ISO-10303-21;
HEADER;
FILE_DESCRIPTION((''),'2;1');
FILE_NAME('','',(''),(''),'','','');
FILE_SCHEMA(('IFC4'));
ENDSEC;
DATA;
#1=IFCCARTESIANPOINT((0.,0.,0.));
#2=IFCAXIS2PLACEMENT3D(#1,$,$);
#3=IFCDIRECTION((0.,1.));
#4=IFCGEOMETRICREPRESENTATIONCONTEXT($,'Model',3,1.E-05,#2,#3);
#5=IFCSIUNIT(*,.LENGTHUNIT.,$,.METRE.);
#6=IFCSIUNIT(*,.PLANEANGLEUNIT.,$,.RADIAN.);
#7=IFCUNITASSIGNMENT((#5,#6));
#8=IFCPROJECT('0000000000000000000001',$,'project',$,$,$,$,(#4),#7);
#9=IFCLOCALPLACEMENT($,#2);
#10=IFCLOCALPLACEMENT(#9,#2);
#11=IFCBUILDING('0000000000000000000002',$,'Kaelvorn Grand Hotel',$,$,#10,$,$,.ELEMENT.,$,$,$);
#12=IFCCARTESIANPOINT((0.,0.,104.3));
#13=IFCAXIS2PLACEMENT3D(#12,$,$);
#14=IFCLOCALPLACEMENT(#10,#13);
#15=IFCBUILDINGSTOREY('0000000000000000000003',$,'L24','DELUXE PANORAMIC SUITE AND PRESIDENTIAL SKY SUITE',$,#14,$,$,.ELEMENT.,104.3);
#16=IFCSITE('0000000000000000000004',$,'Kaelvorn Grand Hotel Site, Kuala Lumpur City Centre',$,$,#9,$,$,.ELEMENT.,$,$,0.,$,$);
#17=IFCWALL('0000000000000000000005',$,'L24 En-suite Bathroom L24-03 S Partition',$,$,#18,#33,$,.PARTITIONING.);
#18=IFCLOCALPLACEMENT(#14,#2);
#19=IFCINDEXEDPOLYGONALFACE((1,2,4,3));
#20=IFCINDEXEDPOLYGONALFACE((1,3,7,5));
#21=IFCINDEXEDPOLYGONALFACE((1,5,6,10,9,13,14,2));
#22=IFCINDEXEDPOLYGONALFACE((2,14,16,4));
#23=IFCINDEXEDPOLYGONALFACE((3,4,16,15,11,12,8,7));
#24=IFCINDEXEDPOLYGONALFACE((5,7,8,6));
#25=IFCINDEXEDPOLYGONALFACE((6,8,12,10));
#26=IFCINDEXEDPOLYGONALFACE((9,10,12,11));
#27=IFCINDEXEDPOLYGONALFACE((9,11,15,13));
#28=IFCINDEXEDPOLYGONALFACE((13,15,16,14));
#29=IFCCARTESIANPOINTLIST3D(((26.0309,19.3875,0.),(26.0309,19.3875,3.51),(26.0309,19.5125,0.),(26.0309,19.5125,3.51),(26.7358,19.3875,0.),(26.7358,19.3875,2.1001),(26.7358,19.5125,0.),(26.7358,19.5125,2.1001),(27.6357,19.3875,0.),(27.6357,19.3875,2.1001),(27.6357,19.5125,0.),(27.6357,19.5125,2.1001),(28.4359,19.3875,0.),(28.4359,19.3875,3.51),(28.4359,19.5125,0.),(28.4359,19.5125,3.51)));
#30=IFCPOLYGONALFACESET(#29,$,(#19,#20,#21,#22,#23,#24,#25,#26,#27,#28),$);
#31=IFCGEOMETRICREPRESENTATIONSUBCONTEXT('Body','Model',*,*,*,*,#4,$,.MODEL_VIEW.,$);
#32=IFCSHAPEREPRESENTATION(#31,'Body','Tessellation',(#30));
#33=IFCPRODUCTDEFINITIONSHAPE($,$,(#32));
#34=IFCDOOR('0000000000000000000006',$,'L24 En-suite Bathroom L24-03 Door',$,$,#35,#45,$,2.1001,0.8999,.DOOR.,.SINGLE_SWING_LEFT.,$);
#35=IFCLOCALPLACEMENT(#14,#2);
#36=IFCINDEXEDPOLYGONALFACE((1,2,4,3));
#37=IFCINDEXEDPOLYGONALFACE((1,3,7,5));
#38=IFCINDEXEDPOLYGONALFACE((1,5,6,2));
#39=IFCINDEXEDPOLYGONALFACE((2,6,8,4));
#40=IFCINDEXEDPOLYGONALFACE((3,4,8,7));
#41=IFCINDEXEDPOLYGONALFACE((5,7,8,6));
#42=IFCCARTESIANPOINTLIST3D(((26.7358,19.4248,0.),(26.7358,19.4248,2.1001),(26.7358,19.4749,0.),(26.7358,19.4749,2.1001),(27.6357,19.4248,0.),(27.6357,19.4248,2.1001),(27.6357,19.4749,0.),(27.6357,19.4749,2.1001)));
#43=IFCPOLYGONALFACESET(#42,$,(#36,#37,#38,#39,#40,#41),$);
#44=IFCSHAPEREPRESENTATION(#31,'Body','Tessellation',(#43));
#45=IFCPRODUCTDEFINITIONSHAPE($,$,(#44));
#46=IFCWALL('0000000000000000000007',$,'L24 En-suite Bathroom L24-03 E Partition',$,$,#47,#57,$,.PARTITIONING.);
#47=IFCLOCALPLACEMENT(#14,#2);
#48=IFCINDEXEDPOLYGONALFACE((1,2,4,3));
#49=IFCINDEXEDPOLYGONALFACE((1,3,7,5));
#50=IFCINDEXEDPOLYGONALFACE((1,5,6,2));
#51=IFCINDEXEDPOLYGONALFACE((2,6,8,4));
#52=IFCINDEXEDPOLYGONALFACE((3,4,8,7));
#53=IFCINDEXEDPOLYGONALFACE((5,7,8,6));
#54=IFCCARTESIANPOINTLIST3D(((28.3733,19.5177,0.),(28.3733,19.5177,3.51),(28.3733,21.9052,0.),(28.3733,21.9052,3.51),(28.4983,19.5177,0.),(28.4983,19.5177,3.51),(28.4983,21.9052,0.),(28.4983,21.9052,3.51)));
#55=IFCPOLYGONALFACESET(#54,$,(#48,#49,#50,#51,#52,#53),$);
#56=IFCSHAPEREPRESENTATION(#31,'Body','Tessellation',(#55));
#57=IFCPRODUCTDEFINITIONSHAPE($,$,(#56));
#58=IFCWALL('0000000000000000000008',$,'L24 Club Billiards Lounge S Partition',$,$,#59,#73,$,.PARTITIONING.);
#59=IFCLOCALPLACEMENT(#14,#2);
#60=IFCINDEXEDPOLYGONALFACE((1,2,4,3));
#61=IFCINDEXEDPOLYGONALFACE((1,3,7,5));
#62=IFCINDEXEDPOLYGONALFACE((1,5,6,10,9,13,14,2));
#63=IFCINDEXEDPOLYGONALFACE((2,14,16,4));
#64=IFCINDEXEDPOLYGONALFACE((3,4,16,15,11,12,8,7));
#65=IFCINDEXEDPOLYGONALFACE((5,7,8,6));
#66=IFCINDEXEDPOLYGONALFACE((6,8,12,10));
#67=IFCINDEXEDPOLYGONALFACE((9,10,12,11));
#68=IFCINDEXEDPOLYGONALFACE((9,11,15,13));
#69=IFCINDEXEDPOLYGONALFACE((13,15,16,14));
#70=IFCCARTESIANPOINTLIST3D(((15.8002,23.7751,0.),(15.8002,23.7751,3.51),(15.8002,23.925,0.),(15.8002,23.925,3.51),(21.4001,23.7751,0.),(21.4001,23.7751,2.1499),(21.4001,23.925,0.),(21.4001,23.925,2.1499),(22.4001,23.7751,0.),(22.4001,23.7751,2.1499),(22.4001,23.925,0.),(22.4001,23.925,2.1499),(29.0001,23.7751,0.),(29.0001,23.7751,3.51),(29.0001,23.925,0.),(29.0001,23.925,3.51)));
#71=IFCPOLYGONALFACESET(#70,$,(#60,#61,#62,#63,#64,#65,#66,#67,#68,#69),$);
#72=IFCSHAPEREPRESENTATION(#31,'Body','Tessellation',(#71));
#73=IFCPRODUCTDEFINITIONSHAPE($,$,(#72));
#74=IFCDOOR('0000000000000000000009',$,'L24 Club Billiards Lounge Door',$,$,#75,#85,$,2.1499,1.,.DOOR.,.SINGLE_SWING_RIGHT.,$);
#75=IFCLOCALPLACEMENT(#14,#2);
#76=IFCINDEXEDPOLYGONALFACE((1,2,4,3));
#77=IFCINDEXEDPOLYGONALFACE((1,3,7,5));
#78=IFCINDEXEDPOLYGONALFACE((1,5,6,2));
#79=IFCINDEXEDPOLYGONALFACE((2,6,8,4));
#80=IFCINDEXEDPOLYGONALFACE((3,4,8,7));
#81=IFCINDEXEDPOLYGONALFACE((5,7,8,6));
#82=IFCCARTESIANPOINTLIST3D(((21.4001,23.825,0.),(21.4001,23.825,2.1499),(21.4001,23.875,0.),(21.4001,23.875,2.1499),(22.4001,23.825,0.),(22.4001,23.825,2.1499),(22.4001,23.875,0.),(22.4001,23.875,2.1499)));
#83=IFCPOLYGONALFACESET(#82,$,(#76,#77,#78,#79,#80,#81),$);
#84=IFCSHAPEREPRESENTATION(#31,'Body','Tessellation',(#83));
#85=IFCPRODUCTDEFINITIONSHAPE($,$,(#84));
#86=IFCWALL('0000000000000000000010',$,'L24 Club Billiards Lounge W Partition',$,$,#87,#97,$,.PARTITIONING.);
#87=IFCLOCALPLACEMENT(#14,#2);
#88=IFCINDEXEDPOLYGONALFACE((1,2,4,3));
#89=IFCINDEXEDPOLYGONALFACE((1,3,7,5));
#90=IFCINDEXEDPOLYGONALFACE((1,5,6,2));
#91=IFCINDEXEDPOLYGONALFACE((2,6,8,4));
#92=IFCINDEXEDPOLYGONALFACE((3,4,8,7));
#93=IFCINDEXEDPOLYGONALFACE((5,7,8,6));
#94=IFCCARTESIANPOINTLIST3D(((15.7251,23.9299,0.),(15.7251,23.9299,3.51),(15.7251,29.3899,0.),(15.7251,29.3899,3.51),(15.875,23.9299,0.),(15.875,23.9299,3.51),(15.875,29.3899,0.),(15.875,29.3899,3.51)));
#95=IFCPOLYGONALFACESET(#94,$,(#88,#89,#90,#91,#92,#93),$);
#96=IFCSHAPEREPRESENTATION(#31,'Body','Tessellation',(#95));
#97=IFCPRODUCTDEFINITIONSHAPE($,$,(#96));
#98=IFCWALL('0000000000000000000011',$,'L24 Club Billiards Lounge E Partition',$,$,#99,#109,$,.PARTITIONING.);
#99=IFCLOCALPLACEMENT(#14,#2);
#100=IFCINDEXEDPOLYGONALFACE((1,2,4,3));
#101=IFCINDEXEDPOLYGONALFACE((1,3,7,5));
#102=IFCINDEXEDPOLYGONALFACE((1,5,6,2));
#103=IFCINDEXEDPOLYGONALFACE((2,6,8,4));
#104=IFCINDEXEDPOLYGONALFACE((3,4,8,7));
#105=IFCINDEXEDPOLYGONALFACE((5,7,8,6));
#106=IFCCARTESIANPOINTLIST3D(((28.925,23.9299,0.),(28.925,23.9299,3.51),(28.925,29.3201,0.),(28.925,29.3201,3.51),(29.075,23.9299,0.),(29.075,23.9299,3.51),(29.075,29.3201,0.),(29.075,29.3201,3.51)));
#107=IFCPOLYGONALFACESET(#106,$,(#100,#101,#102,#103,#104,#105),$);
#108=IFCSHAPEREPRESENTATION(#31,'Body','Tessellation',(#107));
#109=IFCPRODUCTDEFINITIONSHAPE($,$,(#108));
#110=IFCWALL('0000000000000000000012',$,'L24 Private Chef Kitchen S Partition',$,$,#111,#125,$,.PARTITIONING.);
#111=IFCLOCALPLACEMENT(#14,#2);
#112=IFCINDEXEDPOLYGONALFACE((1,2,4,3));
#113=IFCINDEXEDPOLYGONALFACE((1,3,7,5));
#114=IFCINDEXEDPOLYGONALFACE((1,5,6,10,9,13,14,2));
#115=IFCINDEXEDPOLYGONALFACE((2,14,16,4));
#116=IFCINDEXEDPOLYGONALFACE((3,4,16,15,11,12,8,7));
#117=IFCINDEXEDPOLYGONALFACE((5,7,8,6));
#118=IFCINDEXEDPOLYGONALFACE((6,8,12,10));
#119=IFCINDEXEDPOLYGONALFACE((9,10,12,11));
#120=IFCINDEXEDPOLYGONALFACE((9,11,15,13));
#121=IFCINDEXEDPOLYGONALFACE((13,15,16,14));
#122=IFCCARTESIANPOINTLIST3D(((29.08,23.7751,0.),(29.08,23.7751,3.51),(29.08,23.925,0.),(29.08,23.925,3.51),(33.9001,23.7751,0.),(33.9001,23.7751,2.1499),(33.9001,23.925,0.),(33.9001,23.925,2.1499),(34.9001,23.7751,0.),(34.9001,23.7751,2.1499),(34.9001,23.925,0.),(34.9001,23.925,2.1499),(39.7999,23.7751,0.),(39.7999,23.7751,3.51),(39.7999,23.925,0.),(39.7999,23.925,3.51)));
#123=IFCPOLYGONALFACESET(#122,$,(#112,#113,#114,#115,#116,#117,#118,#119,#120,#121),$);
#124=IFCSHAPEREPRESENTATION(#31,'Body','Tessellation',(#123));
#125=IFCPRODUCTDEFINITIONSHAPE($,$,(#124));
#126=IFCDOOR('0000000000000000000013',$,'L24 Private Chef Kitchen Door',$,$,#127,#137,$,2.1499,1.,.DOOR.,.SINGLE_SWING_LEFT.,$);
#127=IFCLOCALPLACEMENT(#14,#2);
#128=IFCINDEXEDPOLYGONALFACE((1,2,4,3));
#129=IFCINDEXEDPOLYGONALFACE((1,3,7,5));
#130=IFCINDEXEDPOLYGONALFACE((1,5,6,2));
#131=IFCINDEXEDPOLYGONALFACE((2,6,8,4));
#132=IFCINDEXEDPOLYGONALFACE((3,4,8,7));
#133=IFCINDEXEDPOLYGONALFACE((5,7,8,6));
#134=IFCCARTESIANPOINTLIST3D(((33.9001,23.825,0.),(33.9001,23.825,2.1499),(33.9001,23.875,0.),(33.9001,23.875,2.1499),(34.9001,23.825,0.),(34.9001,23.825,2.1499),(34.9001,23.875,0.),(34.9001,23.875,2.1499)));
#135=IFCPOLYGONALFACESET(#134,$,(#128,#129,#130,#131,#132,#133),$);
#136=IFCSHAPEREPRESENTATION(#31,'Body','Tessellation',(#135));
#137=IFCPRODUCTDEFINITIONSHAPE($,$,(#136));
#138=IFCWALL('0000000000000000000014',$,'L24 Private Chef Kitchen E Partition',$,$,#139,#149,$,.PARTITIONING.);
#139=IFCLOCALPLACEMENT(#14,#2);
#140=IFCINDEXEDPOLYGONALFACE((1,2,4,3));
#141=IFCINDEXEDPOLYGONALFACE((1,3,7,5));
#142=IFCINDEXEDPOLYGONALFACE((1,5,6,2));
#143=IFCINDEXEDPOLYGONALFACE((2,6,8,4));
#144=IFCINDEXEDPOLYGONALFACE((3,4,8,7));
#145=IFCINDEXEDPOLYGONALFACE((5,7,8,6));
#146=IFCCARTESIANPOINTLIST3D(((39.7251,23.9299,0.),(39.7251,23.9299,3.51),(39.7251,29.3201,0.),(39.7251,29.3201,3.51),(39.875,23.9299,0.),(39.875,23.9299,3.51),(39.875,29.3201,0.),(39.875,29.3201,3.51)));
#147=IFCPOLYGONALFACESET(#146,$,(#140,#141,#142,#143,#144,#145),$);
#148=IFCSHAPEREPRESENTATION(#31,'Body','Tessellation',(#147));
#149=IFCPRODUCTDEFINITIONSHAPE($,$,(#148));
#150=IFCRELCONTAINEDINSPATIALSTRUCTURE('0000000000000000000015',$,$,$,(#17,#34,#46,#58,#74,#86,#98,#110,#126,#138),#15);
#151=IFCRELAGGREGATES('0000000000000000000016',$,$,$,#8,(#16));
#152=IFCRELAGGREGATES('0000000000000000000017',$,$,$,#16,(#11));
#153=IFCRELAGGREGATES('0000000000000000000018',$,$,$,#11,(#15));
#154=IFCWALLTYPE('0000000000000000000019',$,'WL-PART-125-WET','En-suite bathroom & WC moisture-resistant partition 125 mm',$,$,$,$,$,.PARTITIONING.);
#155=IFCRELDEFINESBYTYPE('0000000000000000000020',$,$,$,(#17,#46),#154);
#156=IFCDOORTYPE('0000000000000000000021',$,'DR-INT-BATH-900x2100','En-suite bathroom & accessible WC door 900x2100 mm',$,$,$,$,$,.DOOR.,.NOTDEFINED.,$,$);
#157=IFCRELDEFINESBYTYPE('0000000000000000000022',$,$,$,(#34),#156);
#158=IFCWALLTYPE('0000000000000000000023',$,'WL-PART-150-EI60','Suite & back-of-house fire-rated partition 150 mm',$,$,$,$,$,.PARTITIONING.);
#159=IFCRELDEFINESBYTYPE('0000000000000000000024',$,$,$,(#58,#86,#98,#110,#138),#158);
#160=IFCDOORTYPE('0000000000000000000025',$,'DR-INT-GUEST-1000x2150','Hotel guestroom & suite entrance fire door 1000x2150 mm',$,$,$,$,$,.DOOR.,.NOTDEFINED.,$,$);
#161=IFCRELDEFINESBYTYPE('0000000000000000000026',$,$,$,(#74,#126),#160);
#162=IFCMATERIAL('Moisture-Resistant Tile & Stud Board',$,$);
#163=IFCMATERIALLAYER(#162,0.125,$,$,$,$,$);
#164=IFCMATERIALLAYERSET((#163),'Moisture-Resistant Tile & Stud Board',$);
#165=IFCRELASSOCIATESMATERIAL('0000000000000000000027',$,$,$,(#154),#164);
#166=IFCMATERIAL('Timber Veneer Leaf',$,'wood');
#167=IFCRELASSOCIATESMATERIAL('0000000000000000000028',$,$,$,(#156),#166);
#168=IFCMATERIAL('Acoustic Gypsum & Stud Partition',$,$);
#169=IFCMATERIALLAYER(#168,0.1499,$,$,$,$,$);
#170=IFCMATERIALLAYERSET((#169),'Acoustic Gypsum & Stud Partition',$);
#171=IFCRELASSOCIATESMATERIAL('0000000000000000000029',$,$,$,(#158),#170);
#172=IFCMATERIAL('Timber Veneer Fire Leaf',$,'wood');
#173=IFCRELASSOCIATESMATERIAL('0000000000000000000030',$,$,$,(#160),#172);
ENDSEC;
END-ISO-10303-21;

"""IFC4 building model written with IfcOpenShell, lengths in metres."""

from ifc_helpers import new_model, si_unit, direction, frame, frame_2d, origin, place, context, subcontext, project, spatial, rectangle, extrude, material, layer, layer_set, type_object, element, fill, save


model = new_model("IFC4")

# Units and contexts
model_context = context("Model", 3, precision=1e-05, world=origin(), true_north=direction((0.0, 1.0)))
body_context = subcontext(model_context, "Body", "Model", "MODEL_VIEW")
ifc_project = project(units=[si_unit("LENGTHUNIT", "METRE"), si_unit("PLANEANGLEUNIT", "RADIAN")], contexts=[model_context])

# Site, building, storey
site_placement = place(None, origin())
site = spatial("IfcSite", under=ifc_project, at=site_placement, Name="Kaelvorn Grand Hotel Site, Kuala Lumpur City Centre", CompositionType="ELEMENT", RefElevation=0.0)
building_placement = place(site_placement, origin())
building = spatial("IfcBuilding", under=site, at=building_placement, Name="Kaelvorn Grand Hotel", CompositionType="ELEMENT")
storey_placement = place(building_placement, frame((0.0, 0.0, 104.3)))
storey = spatial("IfcBuildingStorey", under=building, at=storey_placement, Name="L24", Description="DELUXE PANORAMIC SUITE AND PRESIDENTIAL SKY SUITE", CompositionType="ELEMENT", Elevation=104.3)

# Shared definitions
ifc_material_1 = material(Name="Moisture-Resistant Tile & Stud Board")
ifc_layer_1 = layer(ifc_material_1, 0.125)
ifc_layer_set_1 = layer_set([ifc_layer_1], Name="Moisture-Resistant Tile & Stud Board")
wall_type_1 = type_object("IfcWallType", Name="WL-PART-125-WET", Description="En-suite bathroom & WC moisture-resistant partition 125 mm", PredefinedType="PARTITIONING", material=ifc_layer_set_1)
ifc_material_2 = material(Name="Timber Veneer Leaf", Category="wood")
door_type_1 = type_object("IfcDoorType", Name="DR-INT-BATH-900x2100", Description="En-suite bathroom & accessible WC door 900x2100 mm", OperationType="NOTDEFINED", PredefinedType="DOOR", material=ifc_material_2)

# Wall, opening, door
wall_1_placement = place(storey_placement, frame((26.0308, 19.45, 0.0), z_axis=(0.0, 0.0, 1.0), x_axis=(1.0, 0.0, 0.0)))
wall_1 = element("IfcWall", 1, at=wall_1_placement, inside=storey, type_object=wall_type_1, Name="L24 En-suite Bathroom L24-03 S Partition", PredefinedType="PARTITIONING", context=body_context, shape_type="SweptSolid", body=[
    extrude(rectangle(XDim=2.405, YDim=0.125, at=frame_2d((1.2026, 0.0))), origin(), (0.0, 0.0, 1.0), 3.51),
])
opening_1_placement = place(wall_1_placement, frame((0.7051, 0.0, 0.0)))
opening_1 = element("IfcOpeningElement", 2, at=opening_1_placement, cuts=wall_1, PredefinedType="OPENING", context=body_context, shape_type="SweptSolid", body=[
    extrude(rectangle(XDim=0.8999, YDim=2.1001, at=frame_2d((0.45, 1.05))), frame((0.0, 0.0725, 0.0), z_axis=(0.0, -1.0, 0.0), x_axis=(1.0, 0.0, 0.0)), (0.0, 0.0, 1.0), 0.145),
])
door_1_placement = place(opening_1_placement, origin())
door_1 = element("IfcDoor", 3, at=door_1_placement, inside=storey, type_object=door_type_1, Name="L24 En-suite Bathroom L24-03 Door", OperationType="SINGLE_SWING_LEFT", OverallHeight=2.1001, OverallWidth=0.8999, PredefinedType="DOOR", context=body_context, shape_type="SweptSolid", body=[
    extrude(rectangle(XDim=0.8999, YDim=2.1001, at=frame_2d((0.45, 1.05))), frame((0.0, 0.0249, 0.0), z_axis=(0.0, -1.0, 0.0), x_axis=(1.0, 0.0, 0.0)), (0.0, 0.0, 1.0), 0.05),
])
fill(opening_1, door_1)

# Wall
wall_2_placement = place(storey_placement, frame((28.4358, 19.5176, 0.0), z_axis=(0.0, 0.0, 1.0), x_axis=(0.0, 1.0, 0.0)))
element("IfcWall", 4, at=wall_2_placement, inside=storey, type_object=wall_type_1, Name="L24 En-suite Bathroom L24-03 E Partition", PredefinedType="PARTITIONING", context=body_context, shape_type="SweptSolid", body=[
    extrude(rectangle(XDim=2.3875, YDim=0.125, at=frame_2d((1.1938, 0.0))), origin(), (0.0, 0.0, 1.0), 3.51),
])

# Wall, opening, door
ifc_material_3 = material(Name="Acoustic Gypsum & Stud Partition")
ifc_layer_2 = layer(ifc_material_3, 0.1499)
ifc_layer_set_2 = layer_set([ifc_layer_2], Name="Acoustic Gypsum & Stud Partition")
wall_type_2 = type_object("IfcWallType", Name="WL-PART-150-EI60", Description="Suite & back-of-house fire-rated partition 150 mm", PredefinedType="PARTITIONING", material=ifc_layer_set_2)
wall_3_placement = place(storey_placement, frame((15.8, 23.8501, 0.0), z_axis=(0.0, 0.0, 1.0), x_axis=(1.0, 0.0, 0.0)))
wall_3 = element("IfcWall", 5, at=wall_3_placement, inside=storey, type_object=wall_type_2, Name="L24 Club Billiards Lounge S Partition", PredefinedType="PARTITIONING", context=body_context, shape_type="SweptSolid", body=[
    extrude(rectangle(XDim=13.2, YDim=0.1499, at=frame_2d((6.6001, 0.0))), origin(), (0.0, 0.0, 1.0), 3.51),
])
opening_2_placement = place(wall_3_placement, frame((5.6001, 0.0, 0.0)))
opening_2 = element("IfcOpeningElement", 6, at=opening_2_placement, cuts=wall_3, PredefinedType="OPENING", context=body_context, shape_type="SweptSolid", body=[
    extrude(rectangle(XDim=1.0, YDim=2.1499, at=frame_2d((0.5, 1.075))), frame((0.0, 0.085, 0.0), z_axis=(0.0, -1.0, 0.0), x_axis=(1.0, 0.0, 0.0)), (0.0, 0.0, 1.0), 0.1699),
])
ifc_material_4 = material(Name="Timber Veneer Fire Leaf", Category="wood")
door_type_2 = type_object("IfcDoorType", Name="DR-INT-GUEST-1000x2150", Description="Hotel guestroom & suite entrance fire door 1000x2150 mm", OperationType="NOTDEFINED", PredefinedType="DOOR", material=ifc_material_4)
door_2_placement = place(opening_2_placement, origin())
door_2 = element("IfcDoor", 7, at=door_2_placement, inside=storey, type_object=door_type_2, Name="L24 Club Billiards Lounge Door", OperationType="SINGLE_SWING_RIGHT", OverallHeight=2.1499, OverallWidth=1.0, PredefinedType="DOOR", context=body_context, shape_type="SweptSolid", body=[
    extrude(rectangle(XDim=1.0, YDim=2.1499, at=frame_2d((0.5, 1.075))), frame((0.0, 0.0249, 0.0), z_axis=(0.0, -1.0, 0.0), x_axis=(1.0, 0.0, 0.0)), (0.0, 0.0, 1.0), 0.05),
])
fill(opening_2, door_2)

# Walls
wall_4_placement = place(storey_placement, frame((15.8, 23.9299, 0.0), z_axis=(0.0, 0.0, 1.0), x_axis=(0.0, 1.0, 0.0)))
element("IfcWall", 8, at=wall_4_placement, inside=storey, type_object=wall_type_2, Name="L24 Club Billiards Lounge W Partition", PredefinedType="PARTITIONING", context=body_context, shape_type="SweptSolid", body=[
    extrude(rectangle(XDim=5.46, YDim=0.1499, at=frame_2d((2.73, 0.0))), origin(), (0.0, 0.0, 1.0), 3.51),
])
wall_5_placement = place(storey_placement, frame((29.0, 23.9299, 0.0), z_axis=(0.0, 0.0, 1.0), x_axis=(0.0, 1.0, 0.0)))
element("IfcWall", 9, at=wall_5_placement, inside=storey, type_object=wall_type_2, Name="L24 Club Billiards Lounge E Partition", PredefinedType="PARTITIONING", context=body_context, shape_type="SweptSolid", body=[
    extrude(rectangle(XDim=5.3901, YDim=0.1499, at=frame_2d((2.6951, 0.0))), origin(), (0.0, 0.0, 1.0), 3.51),
])

# Wall, opening, door
wall_6_placement = place(storey_placement, frame((29.0801, 23.8501, 0.0), z_axis=(0.0, 0.0, 1.0), x_axis=(1.0, 0.0, 0.0)))
wall_6 = element("IfcWall", 10, at=wall_6_placement, inside=storey, type_object=wall_type_2, Name="L24 Private Chef Kitchen S Partition", PredefinedType="PARTITIONING", context=body_context, shape_type="SweptSolid", body=[
    extrude(rectangle(XDim=10.72, YDim=0.1499, at=frame_2d((5.3599, 0.0))), origin(), (0.0, 0.0, 1.0), 3.51),
])
opening_3_placement = place(wall_6_placement, frame((4.8201, 0.0, 0.0)))
opening_3 = element("IfcOpeningElement", 11, at=opening_3_placement, cuts=wall_6, PredefinedType="OPENING", context=body_context, shape_type="SweptSolid", body=[
    extrude(rectangle(XDim=1.0, YDim=2.1499, at=frame_2d((0.5, 1.075))), frame((0.0, 0.085, 0.0), z_axis=(0.0, -1.0, 0.0), x_axis=(1.0, 0.0, 0.0)), (0.0, 0.0, 1.0), 0.1699),
])
door_3_placement = place(opening_3_placement, origin())
door_3 = element("IfcDoor", 12, at=door_3_placement, inside=storey, type_object=door_type_2, Name="L24 Private Chef Kitchen Door", OperationType="SINGLE_SWING_LEFT", OverallHeight=2.1499, OverallWidth=1.0, PredefinedType="DOOR", context=body_context, shape_type="SweptSolid", body=[
    extrude(rectangle(XDim=1.0, YDim=2.1499, at=frame_2d((0.5, 1.075))), frame((0.0, 0.0249, 0.0), z_axis=(0.0, -1.0, 0.0), x_axis=(1.0, 0.0, 0.0)), (0.0, 0.0, 1.0), 0.05),
])
fill(opening_3, door_3)

# Wall
wall_7_placement = place(storey_placement, frame((39.8, 23.9299, 0.0), z_axis=(0.0, 0.0, 1.0), x_axis=(0.0, 1.0, 0.0)))
element("IfcWall", 13, at=wall_7_placement, inside=storey, type_object=wall_type_2, Name="L24 Private Chef Kitchen E Partition", PredefinedType="PARTITIONING", context=body_context, shape_type="SweptSolid", body=[
    extrude(rectangle(XDim=5.3901, YDim=0.1499, at=frame_2d((2.6951, 0.0))), origin(), (0.0, 0.0, 1.0), 3.51),
])

save(model, "model.ifc")
